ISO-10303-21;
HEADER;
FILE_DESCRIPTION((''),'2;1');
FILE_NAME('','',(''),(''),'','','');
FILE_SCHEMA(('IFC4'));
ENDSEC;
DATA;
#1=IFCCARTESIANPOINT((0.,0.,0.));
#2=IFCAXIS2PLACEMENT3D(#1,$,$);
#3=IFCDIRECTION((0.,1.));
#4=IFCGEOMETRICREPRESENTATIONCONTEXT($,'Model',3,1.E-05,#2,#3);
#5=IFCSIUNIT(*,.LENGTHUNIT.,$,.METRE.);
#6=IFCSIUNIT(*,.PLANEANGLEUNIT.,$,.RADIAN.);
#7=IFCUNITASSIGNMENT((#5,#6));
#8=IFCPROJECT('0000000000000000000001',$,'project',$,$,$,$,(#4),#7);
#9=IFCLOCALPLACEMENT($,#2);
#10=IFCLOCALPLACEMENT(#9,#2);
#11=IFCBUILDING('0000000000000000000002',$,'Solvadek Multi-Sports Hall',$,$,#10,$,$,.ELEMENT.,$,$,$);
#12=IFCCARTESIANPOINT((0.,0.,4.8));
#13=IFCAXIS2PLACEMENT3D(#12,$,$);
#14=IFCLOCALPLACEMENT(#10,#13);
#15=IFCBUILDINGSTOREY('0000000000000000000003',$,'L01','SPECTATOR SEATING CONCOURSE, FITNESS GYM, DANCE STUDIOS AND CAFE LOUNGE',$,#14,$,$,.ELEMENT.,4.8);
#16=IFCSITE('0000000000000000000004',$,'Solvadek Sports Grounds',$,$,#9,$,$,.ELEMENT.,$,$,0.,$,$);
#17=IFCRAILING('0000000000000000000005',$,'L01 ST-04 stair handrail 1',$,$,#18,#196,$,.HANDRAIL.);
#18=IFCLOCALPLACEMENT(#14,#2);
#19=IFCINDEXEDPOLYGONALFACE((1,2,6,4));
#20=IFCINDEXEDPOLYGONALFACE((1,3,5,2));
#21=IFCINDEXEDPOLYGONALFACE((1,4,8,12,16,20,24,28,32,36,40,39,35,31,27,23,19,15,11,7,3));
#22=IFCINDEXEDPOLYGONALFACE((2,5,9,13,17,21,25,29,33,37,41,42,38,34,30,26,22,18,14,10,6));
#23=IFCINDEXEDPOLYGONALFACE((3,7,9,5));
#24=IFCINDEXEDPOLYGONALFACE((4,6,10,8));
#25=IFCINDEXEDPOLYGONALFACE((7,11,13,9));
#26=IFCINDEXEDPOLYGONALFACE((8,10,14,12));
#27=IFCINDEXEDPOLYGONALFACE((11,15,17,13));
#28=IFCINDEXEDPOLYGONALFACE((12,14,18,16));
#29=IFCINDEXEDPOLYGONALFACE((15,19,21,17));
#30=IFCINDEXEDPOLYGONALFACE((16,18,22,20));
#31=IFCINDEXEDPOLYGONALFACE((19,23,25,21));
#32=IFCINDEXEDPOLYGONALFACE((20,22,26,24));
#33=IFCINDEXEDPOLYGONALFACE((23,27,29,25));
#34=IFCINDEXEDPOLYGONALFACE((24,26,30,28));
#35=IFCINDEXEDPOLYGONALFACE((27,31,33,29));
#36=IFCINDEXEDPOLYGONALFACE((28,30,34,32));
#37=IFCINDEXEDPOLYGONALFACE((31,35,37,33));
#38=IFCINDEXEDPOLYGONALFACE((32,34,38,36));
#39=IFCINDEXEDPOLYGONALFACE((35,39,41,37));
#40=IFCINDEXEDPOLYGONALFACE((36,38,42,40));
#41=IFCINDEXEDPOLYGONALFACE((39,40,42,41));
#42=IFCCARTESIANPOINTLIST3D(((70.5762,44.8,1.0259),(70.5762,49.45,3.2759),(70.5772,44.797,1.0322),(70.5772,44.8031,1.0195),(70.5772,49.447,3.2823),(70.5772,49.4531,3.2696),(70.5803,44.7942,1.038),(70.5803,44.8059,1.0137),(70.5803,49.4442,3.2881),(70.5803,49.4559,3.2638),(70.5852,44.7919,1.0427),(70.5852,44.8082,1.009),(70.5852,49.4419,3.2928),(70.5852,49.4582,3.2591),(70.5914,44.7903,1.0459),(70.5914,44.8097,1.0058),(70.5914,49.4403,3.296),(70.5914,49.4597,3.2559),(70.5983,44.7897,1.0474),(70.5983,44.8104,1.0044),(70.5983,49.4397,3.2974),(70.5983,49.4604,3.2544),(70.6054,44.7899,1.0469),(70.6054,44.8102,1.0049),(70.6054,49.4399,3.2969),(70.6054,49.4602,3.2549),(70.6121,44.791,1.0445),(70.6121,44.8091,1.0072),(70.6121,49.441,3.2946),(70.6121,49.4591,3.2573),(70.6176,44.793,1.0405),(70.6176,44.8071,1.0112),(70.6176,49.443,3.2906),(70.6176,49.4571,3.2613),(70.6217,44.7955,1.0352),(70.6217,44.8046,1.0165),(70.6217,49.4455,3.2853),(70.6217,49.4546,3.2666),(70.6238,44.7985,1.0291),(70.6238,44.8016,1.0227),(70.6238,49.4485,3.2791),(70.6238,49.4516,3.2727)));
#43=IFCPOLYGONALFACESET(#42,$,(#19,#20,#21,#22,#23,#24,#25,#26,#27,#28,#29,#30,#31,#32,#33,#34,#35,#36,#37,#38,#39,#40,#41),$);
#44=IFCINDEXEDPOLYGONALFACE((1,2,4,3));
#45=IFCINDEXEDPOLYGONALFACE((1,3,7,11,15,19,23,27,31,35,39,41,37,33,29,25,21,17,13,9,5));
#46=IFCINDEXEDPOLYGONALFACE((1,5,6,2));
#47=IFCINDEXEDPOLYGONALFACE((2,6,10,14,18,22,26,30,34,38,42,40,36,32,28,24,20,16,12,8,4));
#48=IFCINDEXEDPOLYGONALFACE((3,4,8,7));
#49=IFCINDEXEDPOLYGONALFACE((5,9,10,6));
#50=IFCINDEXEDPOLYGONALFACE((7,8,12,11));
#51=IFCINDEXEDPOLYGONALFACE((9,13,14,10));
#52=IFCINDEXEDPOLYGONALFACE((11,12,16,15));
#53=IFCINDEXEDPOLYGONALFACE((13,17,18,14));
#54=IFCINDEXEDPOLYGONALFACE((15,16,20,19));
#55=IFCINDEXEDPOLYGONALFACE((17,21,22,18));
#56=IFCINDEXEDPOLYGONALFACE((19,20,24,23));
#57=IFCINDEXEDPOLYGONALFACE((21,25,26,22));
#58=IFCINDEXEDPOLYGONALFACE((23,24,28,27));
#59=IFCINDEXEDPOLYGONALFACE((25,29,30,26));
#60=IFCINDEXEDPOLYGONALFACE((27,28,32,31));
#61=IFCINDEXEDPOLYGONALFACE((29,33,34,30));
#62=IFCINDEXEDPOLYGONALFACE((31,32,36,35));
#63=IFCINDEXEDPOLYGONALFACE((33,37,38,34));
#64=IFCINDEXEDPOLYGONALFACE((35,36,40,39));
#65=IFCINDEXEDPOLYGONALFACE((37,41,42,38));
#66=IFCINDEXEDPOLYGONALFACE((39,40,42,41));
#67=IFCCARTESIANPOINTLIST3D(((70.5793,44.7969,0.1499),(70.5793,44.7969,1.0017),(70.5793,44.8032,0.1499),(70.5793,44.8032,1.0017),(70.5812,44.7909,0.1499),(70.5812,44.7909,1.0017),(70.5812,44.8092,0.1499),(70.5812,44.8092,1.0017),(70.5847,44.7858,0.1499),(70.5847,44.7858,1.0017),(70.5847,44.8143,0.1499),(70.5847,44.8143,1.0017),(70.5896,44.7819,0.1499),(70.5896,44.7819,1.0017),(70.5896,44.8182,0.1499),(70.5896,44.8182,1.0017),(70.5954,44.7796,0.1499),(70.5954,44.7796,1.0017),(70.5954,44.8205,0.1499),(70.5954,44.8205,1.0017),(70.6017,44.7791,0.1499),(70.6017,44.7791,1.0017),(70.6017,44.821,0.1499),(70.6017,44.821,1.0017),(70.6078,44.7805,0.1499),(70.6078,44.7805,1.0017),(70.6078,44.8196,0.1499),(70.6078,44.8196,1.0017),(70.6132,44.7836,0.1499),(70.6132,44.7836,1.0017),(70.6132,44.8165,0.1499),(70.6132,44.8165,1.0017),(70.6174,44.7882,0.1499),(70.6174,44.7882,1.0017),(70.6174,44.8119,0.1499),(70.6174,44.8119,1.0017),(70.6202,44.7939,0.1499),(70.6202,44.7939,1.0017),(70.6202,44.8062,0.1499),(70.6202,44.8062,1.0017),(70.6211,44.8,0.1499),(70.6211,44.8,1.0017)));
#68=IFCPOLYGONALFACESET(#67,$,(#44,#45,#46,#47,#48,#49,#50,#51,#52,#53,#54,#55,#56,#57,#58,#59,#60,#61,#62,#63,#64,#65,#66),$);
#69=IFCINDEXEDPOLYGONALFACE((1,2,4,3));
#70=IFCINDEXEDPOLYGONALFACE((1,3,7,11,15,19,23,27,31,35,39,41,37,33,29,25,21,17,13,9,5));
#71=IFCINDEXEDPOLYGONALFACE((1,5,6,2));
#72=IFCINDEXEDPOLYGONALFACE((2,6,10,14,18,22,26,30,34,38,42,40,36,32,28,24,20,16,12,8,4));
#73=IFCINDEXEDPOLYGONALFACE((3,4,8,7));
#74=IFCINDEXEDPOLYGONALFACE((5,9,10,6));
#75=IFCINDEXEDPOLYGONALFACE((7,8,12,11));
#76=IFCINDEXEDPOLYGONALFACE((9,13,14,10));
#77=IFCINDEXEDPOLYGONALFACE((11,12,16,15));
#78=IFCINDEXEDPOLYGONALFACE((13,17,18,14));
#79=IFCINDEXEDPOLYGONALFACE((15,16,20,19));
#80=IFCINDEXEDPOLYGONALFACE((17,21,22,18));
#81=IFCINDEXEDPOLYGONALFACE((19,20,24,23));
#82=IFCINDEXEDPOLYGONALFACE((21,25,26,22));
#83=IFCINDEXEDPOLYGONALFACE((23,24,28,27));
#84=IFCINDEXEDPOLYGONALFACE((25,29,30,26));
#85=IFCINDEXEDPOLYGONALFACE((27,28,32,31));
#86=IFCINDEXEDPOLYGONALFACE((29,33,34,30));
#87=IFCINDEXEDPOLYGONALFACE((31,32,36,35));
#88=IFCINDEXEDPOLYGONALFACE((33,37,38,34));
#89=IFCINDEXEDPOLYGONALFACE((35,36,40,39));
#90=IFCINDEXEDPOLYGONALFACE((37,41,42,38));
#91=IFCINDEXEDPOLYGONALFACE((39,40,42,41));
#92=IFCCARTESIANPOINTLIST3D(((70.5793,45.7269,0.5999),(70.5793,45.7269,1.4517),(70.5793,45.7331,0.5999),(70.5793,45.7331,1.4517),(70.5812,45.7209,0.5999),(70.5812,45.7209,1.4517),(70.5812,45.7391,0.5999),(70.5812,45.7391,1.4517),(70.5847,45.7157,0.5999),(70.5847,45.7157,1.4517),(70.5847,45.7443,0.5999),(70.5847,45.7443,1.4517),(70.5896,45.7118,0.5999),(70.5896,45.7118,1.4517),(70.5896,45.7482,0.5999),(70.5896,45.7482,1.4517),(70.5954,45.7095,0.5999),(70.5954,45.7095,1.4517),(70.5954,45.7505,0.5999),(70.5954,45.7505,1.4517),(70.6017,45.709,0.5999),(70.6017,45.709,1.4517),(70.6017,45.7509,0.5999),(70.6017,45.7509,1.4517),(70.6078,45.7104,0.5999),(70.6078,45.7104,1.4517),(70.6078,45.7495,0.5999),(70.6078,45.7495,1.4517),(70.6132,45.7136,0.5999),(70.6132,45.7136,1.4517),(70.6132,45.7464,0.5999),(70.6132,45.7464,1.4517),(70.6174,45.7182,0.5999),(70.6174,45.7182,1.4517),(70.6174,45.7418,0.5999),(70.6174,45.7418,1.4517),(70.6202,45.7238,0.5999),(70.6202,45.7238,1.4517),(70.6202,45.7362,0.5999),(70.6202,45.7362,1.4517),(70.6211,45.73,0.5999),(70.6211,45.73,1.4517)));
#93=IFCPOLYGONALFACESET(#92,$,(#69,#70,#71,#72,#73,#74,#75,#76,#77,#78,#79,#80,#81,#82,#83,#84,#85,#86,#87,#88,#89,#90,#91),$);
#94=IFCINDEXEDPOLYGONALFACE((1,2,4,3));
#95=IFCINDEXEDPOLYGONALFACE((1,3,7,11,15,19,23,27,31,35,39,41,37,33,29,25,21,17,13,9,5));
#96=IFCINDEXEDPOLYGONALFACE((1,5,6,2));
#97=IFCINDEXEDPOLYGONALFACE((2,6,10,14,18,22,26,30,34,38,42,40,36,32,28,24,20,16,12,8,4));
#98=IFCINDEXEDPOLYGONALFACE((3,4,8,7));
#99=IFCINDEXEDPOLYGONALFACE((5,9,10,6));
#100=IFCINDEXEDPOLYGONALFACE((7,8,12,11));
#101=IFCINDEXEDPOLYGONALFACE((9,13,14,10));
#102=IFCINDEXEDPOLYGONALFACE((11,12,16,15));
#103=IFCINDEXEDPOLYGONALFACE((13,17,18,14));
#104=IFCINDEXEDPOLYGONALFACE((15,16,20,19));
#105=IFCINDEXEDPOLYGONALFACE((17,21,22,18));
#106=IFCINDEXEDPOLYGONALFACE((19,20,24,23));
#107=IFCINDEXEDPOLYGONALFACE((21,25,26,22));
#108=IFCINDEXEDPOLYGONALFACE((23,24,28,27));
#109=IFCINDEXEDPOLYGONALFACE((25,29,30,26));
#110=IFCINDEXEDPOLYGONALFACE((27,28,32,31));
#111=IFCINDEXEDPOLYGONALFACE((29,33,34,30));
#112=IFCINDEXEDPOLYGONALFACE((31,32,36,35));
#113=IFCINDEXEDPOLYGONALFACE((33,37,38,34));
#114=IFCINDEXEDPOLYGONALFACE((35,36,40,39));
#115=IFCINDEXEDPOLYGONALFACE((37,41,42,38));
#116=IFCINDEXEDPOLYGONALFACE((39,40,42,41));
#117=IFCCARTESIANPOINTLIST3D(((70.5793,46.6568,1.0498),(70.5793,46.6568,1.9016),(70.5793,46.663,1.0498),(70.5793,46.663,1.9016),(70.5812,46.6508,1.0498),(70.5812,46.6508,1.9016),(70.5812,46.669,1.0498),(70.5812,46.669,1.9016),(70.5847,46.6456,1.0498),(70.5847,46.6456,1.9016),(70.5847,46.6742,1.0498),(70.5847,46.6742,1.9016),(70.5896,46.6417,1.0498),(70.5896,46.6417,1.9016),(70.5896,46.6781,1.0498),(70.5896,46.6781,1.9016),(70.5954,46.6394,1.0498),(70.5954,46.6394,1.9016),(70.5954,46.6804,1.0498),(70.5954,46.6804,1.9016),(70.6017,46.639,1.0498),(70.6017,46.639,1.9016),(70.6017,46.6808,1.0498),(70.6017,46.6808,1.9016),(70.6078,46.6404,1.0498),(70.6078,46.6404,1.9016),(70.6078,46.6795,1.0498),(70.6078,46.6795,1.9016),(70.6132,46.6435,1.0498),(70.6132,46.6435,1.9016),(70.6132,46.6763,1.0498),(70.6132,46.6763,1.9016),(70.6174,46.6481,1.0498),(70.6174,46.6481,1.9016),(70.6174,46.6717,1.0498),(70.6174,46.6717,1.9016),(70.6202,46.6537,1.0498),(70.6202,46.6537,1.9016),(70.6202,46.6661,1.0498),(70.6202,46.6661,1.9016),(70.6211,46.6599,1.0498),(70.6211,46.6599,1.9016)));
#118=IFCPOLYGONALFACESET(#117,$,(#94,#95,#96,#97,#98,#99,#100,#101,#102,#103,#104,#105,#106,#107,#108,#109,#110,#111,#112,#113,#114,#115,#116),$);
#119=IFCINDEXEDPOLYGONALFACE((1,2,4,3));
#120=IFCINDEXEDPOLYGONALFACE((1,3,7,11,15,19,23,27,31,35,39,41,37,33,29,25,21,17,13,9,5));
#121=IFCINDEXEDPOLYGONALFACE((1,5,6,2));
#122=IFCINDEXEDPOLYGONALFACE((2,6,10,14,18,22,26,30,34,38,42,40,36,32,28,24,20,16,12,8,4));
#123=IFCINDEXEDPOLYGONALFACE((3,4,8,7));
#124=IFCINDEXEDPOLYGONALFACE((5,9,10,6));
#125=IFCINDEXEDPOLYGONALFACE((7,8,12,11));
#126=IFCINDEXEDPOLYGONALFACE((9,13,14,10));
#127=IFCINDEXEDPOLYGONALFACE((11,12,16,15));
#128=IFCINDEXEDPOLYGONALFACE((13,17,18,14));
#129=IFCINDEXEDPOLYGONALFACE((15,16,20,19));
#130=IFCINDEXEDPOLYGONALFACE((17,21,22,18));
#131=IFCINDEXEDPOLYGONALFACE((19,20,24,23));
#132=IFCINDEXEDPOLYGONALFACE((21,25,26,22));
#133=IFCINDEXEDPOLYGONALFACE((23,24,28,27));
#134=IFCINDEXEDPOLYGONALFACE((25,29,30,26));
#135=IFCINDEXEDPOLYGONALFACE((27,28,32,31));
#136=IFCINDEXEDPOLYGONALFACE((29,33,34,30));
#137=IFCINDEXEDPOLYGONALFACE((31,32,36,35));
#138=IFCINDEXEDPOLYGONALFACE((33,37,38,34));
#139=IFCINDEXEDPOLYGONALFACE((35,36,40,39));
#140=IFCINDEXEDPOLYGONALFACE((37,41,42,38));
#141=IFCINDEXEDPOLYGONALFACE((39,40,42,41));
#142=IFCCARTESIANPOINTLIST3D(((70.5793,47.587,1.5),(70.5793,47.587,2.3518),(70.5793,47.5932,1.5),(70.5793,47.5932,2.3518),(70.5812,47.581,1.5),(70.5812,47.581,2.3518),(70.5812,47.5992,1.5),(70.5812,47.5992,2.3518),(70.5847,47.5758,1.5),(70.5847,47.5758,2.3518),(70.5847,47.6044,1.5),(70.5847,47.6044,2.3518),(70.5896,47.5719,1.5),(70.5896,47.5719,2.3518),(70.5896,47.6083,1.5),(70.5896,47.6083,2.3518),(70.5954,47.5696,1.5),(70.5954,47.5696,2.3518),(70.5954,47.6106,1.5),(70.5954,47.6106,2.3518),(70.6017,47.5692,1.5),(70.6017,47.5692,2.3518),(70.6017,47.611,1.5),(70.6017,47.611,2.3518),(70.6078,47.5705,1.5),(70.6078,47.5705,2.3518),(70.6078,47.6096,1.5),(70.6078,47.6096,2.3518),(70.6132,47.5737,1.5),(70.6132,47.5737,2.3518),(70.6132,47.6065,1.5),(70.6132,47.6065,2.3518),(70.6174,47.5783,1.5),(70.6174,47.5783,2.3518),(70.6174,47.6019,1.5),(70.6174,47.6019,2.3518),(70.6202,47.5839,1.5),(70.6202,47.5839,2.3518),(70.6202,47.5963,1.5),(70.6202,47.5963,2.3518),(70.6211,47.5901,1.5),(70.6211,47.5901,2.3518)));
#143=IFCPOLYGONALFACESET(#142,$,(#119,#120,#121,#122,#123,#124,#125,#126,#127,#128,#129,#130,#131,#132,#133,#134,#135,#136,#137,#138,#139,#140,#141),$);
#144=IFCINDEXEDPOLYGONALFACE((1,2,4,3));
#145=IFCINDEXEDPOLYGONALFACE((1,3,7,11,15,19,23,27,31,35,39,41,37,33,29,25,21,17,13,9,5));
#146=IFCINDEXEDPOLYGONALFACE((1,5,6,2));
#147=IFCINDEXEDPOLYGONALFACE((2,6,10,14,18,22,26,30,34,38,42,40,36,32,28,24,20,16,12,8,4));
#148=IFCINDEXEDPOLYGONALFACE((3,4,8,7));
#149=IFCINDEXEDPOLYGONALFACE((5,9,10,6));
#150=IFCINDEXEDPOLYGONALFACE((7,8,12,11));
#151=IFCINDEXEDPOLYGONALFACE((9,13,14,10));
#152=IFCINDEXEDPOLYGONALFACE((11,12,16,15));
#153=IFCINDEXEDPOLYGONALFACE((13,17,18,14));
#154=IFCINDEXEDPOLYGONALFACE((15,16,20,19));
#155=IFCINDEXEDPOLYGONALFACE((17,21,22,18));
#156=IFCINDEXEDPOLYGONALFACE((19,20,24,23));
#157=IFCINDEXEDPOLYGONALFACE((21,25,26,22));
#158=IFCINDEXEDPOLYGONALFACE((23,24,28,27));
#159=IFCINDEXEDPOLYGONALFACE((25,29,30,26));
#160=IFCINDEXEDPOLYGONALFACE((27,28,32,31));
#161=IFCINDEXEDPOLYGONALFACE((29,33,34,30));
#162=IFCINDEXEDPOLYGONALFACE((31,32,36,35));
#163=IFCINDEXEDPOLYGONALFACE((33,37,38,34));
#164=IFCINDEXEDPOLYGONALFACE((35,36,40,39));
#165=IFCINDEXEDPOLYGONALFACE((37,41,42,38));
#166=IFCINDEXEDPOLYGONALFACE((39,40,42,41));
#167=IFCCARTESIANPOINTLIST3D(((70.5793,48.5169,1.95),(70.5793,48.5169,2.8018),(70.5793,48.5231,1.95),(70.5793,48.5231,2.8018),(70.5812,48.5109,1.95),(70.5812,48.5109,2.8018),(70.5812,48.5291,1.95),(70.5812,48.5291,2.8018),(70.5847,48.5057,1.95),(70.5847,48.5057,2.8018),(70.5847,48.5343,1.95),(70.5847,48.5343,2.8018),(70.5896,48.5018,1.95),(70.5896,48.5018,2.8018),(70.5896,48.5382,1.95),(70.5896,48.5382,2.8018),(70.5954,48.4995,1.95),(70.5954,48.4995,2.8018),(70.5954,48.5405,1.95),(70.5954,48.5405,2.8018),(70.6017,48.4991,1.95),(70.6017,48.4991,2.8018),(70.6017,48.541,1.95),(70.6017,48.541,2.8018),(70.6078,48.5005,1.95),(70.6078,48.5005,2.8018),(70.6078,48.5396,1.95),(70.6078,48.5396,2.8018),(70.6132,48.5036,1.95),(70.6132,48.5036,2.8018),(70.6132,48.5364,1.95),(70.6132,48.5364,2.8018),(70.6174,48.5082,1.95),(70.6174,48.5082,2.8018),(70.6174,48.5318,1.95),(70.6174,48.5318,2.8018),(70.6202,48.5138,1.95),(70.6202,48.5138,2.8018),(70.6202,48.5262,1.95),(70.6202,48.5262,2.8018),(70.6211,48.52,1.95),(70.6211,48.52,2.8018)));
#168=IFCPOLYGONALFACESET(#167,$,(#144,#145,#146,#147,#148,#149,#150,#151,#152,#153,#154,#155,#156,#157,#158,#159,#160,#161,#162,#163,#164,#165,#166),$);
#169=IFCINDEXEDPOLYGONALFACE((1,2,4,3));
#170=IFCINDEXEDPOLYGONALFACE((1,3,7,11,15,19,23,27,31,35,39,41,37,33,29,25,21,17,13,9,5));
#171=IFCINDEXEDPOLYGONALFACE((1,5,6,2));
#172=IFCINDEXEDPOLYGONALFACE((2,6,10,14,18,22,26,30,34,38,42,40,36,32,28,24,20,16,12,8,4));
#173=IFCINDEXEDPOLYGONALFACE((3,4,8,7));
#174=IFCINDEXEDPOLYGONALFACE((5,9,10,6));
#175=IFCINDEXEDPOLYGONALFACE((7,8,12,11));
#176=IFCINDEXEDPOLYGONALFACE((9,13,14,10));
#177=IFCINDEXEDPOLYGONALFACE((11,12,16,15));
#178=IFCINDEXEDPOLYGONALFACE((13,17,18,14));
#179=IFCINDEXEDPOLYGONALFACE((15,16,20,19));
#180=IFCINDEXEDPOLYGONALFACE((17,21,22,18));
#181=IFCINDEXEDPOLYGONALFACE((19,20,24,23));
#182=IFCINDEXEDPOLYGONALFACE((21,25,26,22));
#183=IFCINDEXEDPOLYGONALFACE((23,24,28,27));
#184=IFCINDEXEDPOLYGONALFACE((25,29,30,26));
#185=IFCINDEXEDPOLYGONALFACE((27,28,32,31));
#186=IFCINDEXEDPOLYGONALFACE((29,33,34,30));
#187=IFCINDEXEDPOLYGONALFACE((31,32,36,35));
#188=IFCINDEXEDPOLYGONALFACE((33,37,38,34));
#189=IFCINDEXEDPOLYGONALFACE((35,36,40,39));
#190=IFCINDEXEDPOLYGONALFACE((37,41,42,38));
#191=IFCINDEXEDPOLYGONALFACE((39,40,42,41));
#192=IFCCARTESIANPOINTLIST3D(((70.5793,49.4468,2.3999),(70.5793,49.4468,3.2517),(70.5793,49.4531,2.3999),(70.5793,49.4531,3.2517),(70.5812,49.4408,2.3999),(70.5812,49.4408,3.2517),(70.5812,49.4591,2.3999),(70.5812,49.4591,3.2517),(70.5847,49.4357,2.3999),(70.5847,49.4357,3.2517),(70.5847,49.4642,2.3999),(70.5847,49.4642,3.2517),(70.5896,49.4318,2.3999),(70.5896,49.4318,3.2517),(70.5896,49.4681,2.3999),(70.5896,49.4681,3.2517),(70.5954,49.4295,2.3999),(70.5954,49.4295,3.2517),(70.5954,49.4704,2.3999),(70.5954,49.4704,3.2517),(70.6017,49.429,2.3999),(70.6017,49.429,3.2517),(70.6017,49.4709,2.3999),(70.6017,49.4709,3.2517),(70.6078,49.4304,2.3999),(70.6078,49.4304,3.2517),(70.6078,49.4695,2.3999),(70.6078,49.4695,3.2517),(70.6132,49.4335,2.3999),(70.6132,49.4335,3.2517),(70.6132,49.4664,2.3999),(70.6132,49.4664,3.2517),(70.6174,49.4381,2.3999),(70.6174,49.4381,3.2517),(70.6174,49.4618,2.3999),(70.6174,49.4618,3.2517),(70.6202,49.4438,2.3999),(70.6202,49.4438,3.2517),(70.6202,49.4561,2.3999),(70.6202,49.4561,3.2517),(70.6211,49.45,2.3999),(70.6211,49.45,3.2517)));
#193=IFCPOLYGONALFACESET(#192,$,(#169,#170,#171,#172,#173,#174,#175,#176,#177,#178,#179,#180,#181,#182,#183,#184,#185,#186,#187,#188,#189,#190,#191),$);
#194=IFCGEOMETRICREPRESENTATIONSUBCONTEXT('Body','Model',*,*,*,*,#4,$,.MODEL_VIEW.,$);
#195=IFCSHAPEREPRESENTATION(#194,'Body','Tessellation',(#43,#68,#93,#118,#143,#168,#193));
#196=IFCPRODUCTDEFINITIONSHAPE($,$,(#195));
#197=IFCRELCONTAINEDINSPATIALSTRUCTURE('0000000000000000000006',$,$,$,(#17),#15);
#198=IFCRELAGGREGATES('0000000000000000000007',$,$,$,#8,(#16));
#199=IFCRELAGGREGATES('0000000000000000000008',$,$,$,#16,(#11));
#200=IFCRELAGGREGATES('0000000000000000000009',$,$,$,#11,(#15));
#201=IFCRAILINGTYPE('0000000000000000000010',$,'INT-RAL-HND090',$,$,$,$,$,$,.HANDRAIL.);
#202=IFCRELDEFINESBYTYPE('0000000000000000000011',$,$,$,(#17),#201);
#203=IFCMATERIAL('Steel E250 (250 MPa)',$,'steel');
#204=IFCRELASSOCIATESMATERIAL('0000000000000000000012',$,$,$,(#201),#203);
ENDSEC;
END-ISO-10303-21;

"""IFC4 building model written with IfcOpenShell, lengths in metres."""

from ifc_helpers import new_model, si_unit, direction, frame, origin, origin_2d, place, context, subcontext, project, spatial, circle, extrude, material, type_object, element, save


model = new_model("IFC4")

# Units and contexts
model_context = context("Model", 3, precision=1e-05, world=origin(), true_north=direction((0.0, 1.0)))
body_context = subcontext(model_context, "Body", "Model", "MODEL_VIEW")
ifc_project = project(units=[si_unit("LENGTHUNIT", "METRE"), si_unit("PLANEANGLEUNIT", "RADIAN")], contexts=[model_context])

# Site, building, storey
site_placement = place(None, origin())
site = spatial("IfcSite", under=ifc_project, at=site_placement, Name="Solvadek Sports Grounds", CompositionType="ELEMENT", RefElevation=0.0)
building_placement = place(site_placement, origin())
building = spatial("IfcBuilding", under=site, at=building_placement, Name="Solvadek Multi-Sports Hall", CompositionType="ELEMENT")
storey_placement = place(building_placement, frame((0.0, 0.0, 4.8)))
storey = spatial("IfcBuildingStorey", under=building, at=storey_placement, Name="L01", Description="SPECTATOR SEATING CONCOURSE, FITNESS GYM, DANCE STUDIOS AND CAFE LOUNGE", CompositionType="ELEMENT", Elevation=4.8)

# Railing
ifc_material_1 = material(Name="Steel E250 (250 MPa)", Category="steel")
railing_type_1 = type_object("IfcRailingType", Name="INT-RAL-HND090", PredefinedType="HANDRAIL", material=ifc_material_1)
railing_1_placement = place(storey_placement, frame((70.6001, 44.8, 0.1499)))
element("IfcRailing", 1, at=railing_1_placement, inside=storey, type_object=railing_type_1, Name="L01 ST-04 stair handrail 1", PredefinedType="HANDRAIL", context=body_context, shape_type="SweptSolid", body=[
    extrude(circle(Radius=0.0239, at=origin_2d()), frame((0.0, 0.0, 0.876), z_axis=(0.0, 0.900156, 0.435568), x_axis=(-1.0, 0.0, 0.0)), (0.0, 0.0, 1.0), 5.1658),
    extrude(circle(Radius=0.021, at=origin_2d()), origin(), (0.0, 0.0, 1.0), 0.8518),
    extrude(circle(Radius=0.021, at=origin_2d()), frame((0.0, 0.9299, 0.45)), (0.0, 0.0, 1.0), 0.8518),
    extrude(circle(Radius=0.021, at=origin_2d()), frame((0.0, 1.8599, 0.8999)), (0.0, 0.0, 1.0), 0.8518),
    extrude(circle(Radius=0.021, at=origin_2d()), frame((0.0, 2.79, 1.3501)), (0.0, 0.0, 1.0), 0.8518),
    extrude(circle(Radius=0.021, at=origin_2d()), frame((0.0, 3.72, 1.8)), (0.0, 0.0, 1.0), 0.8518),
    extrude(circle(Radius=0.021, at=origin_2d()), frame((0.0, 4.6499, 2.25)), (0.0, 0.0, 1.0), 0.8518),
])

save(model, "model.ifc")
